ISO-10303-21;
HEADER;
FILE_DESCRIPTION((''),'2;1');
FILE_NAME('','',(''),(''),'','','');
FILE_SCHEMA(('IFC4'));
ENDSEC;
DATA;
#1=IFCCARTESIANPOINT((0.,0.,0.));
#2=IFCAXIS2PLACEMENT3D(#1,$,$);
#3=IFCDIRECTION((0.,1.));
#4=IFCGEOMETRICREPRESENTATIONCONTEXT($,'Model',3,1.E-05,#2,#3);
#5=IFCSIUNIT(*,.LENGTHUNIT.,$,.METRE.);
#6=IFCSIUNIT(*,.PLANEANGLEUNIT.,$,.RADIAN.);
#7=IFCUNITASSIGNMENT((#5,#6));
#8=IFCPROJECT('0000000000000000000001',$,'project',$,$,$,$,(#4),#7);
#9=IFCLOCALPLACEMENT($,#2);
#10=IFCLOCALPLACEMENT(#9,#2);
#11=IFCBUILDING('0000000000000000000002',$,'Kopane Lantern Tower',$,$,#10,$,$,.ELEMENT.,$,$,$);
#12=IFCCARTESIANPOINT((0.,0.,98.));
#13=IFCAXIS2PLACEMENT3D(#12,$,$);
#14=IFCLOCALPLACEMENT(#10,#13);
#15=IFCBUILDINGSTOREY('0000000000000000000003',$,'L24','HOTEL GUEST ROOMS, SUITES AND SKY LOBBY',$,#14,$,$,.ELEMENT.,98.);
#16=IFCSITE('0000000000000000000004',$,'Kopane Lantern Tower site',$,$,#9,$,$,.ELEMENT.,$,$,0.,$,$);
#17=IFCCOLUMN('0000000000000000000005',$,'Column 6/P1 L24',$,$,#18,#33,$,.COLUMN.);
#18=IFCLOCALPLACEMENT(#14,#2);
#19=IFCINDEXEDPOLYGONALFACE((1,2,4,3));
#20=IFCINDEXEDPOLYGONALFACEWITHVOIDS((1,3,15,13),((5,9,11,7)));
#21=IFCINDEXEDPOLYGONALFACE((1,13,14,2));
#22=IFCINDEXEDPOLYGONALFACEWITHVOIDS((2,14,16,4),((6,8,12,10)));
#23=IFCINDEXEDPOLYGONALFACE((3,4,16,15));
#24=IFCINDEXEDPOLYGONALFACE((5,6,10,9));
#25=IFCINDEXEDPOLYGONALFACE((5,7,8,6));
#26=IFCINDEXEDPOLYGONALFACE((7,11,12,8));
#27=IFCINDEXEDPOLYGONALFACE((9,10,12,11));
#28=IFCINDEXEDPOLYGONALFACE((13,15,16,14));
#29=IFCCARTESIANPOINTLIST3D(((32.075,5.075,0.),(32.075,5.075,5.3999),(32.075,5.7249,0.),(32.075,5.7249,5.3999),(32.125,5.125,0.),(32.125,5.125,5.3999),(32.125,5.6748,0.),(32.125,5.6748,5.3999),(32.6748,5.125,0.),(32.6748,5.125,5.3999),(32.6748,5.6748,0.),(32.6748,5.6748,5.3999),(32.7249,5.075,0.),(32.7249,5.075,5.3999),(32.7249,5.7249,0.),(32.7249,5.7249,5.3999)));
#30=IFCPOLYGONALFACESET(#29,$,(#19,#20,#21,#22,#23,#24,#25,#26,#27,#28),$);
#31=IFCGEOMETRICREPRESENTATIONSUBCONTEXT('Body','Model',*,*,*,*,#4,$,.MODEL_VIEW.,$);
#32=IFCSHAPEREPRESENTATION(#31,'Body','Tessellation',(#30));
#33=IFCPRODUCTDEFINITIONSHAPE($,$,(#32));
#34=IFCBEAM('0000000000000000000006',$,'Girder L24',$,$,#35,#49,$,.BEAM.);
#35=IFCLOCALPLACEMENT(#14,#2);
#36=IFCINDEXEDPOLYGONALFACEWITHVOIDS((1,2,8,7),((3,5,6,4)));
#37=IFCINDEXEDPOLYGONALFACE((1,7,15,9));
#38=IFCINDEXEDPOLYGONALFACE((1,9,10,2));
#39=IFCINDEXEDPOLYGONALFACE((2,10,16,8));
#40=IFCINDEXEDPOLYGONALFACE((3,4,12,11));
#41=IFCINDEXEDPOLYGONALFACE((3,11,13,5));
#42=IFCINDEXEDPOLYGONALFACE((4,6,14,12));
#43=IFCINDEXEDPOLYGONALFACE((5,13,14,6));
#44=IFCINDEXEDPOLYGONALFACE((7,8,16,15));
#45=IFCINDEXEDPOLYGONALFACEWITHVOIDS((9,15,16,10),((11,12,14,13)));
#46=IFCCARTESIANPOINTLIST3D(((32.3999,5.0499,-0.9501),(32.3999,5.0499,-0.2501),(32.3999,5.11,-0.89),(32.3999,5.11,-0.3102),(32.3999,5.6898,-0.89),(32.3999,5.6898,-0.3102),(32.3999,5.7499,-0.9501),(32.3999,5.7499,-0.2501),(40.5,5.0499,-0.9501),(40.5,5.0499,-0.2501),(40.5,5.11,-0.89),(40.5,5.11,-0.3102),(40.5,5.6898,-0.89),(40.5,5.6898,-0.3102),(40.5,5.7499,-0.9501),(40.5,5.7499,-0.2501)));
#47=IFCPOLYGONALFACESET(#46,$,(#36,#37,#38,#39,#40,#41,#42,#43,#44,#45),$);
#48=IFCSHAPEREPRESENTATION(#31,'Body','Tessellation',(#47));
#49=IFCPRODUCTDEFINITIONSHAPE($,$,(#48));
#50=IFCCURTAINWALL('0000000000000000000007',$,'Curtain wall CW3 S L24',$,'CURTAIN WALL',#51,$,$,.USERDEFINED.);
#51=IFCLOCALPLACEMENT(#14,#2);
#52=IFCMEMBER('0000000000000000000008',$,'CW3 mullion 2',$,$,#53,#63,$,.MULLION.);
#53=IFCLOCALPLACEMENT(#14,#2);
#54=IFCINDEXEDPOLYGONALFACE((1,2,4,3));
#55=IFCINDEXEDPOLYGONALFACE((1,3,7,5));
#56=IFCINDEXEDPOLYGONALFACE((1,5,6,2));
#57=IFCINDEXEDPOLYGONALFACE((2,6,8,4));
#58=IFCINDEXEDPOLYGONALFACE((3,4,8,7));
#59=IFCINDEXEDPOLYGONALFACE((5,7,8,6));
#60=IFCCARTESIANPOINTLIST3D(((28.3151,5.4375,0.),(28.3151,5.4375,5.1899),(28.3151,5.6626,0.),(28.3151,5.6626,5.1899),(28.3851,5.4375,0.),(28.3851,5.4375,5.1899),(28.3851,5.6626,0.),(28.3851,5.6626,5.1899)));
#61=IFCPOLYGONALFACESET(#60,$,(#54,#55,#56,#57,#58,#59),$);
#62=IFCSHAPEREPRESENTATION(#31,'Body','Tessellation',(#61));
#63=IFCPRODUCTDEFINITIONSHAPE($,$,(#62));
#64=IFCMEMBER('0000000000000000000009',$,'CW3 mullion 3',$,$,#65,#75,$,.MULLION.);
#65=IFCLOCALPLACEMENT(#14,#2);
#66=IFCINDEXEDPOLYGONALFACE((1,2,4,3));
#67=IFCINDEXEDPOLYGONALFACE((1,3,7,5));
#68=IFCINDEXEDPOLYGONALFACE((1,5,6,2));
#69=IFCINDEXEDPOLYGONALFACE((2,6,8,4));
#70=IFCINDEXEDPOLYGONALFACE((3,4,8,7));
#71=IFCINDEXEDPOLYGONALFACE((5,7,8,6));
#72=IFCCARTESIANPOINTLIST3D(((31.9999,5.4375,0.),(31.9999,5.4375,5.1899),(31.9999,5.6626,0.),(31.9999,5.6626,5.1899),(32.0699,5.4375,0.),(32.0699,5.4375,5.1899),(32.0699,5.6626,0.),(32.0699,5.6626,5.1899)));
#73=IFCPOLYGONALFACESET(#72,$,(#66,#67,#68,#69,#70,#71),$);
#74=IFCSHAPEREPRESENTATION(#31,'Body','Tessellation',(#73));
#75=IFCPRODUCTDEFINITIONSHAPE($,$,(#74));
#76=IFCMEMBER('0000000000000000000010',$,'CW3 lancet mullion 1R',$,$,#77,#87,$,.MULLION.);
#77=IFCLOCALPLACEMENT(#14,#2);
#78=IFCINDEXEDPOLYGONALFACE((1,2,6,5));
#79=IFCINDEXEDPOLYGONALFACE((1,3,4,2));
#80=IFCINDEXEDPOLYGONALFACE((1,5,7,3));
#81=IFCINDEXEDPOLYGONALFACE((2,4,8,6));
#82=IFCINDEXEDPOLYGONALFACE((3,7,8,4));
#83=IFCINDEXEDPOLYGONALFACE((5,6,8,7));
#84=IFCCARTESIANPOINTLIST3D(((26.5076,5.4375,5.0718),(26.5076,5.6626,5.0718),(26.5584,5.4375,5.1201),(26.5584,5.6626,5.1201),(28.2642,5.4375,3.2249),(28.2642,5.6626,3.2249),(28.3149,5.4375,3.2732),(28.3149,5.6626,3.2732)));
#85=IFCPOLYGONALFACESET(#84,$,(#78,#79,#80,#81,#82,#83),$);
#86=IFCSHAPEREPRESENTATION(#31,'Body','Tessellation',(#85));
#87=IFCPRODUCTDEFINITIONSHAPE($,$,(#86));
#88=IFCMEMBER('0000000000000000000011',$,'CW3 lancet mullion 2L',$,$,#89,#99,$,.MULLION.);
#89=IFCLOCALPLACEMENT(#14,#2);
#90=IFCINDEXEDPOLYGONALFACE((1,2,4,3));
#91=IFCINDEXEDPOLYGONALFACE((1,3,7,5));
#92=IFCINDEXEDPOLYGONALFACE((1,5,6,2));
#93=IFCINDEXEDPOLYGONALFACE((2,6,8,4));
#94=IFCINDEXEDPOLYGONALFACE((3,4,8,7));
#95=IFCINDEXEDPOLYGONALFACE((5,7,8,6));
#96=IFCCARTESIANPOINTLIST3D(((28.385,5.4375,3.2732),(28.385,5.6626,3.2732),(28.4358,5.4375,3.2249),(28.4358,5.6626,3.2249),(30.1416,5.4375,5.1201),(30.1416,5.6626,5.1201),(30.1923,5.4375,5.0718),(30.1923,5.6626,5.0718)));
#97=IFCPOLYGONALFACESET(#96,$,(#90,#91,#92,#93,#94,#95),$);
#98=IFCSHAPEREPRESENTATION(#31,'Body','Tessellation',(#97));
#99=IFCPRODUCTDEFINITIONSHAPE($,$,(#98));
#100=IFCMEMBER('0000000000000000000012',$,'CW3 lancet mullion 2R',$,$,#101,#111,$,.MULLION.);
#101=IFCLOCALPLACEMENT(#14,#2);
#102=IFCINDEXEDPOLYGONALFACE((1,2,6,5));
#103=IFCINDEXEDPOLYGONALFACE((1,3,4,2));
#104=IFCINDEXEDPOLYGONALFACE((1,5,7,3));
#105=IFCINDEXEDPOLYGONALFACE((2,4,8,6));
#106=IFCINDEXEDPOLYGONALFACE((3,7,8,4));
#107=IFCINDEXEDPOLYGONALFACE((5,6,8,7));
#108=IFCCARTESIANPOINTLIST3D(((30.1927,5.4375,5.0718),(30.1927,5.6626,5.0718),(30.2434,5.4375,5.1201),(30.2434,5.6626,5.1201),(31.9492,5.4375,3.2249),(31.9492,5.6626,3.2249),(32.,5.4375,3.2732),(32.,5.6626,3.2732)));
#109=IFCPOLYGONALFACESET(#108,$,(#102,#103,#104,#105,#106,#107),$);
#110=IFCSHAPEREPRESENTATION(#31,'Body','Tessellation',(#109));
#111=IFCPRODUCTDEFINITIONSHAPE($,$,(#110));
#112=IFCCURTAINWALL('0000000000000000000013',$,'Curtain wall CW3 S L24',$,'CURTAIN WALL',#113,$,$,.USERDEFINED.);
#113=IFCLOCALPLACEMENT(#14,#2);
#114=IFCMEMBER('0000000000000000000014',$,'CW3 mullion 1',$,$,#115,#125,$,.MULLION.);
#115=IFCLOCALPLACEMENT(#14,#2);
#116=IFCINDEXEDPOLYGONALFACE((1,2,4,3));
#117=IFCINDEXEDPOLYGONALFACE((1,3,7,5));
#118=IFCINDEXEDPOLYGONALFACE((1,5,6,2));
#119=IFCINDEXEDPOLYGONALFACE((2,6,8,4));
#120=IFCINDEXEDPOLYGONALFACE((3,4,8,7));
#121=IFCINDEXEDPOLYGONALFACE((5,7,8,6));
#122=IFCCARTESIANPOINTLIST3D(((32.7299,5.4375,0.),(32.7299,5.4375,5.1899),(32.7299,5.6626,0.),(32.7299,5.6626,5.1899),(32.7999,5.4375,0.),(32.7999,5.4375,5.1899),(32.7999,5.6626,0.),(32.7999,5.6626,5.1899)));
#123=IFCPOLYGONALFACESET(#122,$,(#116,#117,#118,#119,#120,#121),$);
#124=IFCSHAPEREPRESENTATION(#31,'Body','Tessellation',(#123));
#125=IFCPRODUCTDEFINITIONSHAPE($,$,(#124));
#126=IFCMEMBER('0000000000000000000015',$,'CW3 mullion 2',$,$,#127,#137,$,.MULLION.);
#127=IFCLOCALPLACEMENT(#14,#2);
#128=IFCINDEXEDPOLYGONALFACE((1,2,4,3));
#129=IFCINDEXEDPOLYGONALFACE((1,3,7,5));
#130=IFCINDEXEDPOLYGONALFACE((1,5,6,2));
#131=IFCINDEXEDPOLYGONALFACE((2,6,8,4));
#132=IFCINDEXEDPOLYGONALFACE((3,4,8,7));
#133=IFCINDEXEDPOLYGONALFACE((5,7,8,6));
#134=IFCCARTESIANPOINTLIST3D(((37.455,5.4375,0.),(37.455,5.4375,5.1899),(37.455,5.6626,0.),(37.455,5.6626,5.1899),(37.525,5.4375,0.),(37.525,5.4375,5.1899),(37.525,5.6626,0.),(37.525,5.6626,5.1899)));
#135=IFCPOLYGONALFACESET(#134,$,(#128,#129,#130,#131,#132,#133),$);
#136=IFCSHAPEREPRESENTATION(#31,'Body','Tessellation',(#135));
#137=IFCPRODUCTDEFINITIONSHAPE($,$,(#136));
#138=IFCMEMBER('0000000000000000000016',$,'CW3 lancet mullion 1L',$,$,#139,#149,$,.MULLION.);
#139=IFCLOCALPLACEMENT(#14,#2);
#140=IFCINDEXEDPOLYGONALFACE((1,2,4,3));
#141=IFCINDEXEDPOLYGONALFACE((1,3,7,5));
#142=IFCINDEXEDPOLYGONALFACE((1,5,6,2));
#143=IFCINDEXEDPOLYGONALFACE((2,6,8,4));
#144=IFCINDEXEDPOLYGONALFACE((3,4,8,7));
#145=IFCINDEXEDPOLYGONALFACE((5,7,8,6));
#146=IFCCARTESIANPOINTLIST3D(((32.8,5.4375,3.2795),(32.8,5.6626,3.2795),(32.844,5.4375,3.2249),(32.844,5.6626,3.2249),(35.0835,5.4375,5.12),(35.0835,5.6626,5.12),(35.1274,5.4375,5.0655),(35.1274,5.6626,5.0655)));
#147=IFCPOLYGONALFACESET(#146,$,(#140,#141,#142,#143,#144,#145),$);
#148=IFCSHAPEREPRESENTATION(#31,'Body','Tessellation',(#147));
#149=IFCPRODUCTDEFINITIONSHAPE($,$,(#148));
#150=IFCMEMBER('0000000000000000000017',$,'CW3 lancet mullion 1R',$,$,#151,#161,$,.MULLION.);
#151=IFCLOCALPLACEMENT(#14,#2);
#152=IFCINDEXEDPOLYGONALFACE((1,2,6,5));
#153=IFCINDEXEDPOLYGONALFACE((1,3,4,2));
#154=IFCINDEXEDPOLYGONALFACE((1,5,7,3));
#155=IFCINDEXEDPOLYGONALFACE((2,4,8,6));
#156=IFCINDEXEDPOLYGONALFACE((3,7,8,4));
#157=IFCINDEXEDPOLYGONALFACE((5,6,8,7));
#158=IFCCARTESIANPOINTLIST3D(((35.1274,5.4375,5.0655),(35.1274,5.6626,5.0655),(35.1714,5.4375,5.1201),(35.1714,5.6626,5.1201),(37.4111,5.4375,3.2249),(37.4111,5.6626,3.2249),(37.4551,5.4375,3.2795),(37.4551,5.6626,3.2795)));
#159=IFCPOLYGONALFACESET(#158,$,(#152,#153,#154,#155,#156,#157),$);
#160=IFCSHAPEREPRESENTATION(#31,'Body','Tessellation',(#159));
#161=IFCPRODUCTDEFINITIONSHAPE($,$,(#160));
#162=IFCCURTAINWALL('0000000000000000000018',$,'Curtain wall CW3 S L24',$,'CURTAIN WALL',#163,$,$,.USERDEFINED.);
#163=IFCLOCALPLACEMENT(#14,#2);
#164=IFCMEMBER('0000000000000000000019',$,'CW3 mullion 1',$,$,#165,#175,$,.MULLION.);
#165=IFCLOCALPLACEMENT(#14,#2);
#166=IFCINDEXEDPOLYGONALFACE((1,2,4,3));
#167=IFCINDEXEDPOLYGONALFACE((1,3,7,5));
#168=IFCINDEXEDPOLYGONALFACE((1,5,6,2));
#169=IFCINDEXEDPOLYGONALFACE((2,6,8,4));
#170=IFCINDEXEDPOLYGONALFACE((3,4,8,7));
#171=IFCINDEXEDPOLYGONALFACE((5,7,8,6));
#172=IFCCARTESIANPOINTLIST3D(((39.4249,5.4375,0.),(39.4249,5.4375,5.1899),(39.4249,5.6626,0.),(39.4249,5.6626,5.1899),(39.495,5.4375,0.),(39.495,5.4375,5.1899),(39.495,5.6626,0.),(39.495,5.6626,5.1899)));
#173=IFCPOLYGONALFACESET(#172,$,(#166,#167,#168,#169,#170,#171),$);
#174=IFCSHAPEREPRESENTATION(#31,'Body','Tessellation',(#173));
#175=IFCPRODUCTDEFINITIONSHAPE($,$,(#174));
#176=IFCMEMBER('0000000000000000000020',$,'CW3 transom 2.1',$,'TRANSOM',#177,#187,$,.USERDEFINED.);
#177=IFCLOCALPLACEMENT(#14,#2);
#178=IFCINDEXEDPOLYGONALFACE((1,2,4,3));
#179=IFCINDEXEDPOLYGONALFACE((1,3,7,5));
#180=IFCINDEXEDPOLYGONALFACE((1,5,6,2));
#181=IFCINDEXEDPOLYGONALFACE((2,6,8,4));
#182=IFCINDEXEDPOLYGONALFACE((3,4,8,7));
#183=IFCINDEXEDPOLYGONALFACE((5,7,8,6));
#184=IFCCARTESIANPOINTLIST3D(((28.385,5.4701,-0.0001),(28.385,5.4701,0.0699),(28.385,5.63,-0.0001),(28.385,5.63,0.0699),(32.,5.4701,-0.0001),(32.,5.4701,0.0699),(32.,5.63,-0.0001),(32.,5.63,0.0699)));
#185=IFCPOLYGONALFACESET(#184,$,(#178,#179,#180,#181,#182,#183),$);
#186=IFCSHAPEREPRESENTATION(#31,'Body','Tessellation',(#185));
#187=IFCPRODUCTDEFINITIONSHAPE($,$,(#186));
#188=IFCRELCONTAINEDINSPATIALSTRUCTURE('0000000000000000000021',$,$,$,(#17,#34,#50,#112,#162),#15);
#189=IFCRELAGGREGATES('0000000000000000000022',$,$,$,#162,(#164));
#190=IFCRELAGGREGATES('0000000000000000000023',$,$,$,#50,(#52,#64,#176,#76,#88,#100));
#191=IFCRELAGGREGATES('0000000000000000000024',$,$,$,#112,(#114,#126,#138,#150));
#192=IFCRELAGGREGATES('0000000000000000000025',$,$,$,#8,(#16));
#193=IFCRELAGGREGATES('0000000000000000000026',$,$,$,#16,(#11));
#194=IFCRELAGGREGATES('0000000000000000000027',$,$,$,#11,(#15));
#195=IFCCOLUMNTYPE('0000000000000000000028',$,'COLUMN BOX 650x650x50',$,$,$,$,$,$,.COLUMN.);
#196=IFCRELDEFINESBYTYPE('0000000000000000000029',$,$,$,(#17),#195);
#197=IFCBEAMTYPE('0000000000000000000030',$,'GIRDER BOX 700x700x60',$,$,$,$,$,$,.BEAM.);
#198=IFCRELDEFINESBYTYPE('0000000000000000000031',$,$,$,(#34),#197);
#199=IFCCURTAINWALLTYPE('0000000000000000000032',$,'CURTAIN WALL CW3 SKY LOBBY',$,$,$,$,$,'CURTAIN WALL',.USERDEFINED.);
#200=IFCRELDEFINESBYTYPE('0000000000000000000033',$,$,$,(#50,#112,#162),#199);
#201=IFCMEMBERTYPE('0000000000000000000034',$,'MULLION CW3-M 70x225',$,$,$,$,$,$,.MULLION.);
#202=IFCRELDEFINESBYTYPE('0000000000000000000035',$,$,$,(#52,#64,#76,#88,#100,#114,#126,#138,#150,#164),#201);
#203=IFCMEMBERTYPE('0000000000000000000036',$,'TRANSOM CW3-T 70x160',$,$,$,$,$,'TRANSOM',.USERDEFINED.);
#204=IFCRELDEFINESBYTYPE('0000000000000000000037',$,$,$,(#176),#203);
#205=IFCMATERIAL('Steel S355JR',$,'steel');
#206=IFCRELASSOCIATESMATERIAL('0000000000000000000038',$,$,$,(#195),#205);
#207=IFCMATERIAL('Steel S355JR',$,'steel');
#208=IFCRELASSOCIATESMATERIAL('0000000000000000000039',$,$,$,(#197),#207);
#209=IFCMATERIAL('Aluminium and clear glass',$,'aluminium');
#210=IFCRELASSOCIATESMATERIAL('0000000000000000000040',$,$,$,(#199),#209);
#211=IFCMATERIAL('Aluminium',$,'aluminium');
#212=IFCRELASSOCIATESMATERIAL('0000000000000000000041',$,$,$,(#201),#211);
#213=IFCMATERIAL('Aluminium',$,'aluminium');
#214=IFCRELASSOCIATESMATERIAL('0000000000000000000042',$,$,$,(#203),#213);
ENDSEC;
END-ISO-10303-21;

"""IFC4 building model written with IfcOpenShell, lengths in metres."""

from ifc_helpers import new_model, si_unit, direction, frame, origin, origin_2d, place, context, subcontext, project, spatial, rectangle, hollow_rectangle, extrude, material, material_profile, profile_set, type_object, element, aggregate, save


model = new_model("IFC4")

# Units and contexts
model_context = context("Model", 3, precision=1e-05, world=origin(), true_north=direction((0.0, 1.0)))
body_context = subcontext(model_context, "Body", "Model", "MODEL_VIEW")
ifc_project = project(units=[si_unit("LENGTHUNIT", "METRE"), si_unit("PLANEANGLEUNIT", "RADIAN")], contexts=[model_context])

# Site, building, storey
site_placement = place(None, origin())
site = spatial("IfcSite", under=ifc_project, at=site_placement, Name="Kopane Lantern Tower site", CompositionType="ELEMENT", RefElevation=0.0)
building_placement = place(site_placement, origin())
building = spatial("IfcBuilding", under=site, at=building_placement, Name="Kopane Lantern Tower", CompositionType="ELEMENT")
storey_placement = place(building_placement, frame((0.0, 0.0, 98.0)))
storey = spatial("IfcBuildingStorey", under=building, at=storey_placement, Name="L24", Description="HOTEL GUEST ROOMS, SUITES AND SKY LOBBY", CompositionType="ELEMENT", Elevation=98.0)

# Column
ifc_material_1 = material(Name="Steel S355JR", Category="steel")
ifc_material_profile_1 = material_profile(ifc_material_1, hollow_rectangle(XDim=0.6499, YDim=0.6499, WallThickness=0.05, at=origin_2d()), Name="BOX 650x650x50")
ifc_profile_set_1 = profile_set([ifc_material_profile_1], Name="Steel S355JR")
column_type = type_object("IfcColumnType", Name="COLUMN BOX 650x650x50", PredefinedType="COLUMN", material=ifc_profile_set_1)
column_placement = place(storey_placement, frame((32.3999, 5.3999, 0.0), z_axis=(0.0, 0.0, 1.0), x_axis=(1.0, 0.0, 0.0)))
element("IfcColumn", 1, at=column_placement, inside=storey, type_object=column_type, Name="Column 6/P1 L24", PredefinedType="COLUMN", context=body_context, shape_type="SweptSolid", body=[
    extrude(hollow_rectangle(XDim=0.6499, YDim=0.6499, WallThickness=0.05, at=origin_2d()), origin(), (0.0, 0.0, 1.0), 5.3999),
])

# Beam
ifc_material_2 = material(Name="Steel S355JR", Category="steel")
ifc_material_profile_2 = material_profile(ifc_material_2, hollow_rectangle(XDim=0.7, YDim=0.7, WallThickness=0.0601, at=origin_2d()), Name="BOX 700x700x60")
ifc_profile_set_2 = profile_set([ifc_material_profile_2], Name="Steel S355JR")
beam_type = type_object("IfcBeamType", Name="GIRDER BOX 700x700x60", PredefinedType="BEAM", material=ifc_profile_set_2)
beam_placement = place(storey_placement, frame((32.3999, 5.3999, -0.6001), z_axis=(1.0, 0.0, 0.0), x_axis=(0.0, 1.0, 0.0)))
element("IfcBeam", 2, at=beam_placement, inside=storey, type_object=beam_type, Name="Girder L24", PredefinedType="BEAM", context=body_context, shape_type="SweptSolid", body=[
    extrude(hollow_rectangle(XDim=0.7, YDim=0.7, WallThickness=0.0601, at=origin_2d()), origin(), (0.0, 0.0, 1.0), 8.1001),
])

# Curtain walls, members
ifc_material_3 = material(Name="Aluminium and clear glass", Category="aluminium")
curtain_wall_type = type_object("IfcCurtainWallType", Name="CURTAIN WALL CW3 SKY LOBBY", ElementType="CURTAIN WALL", PredefinedType="USERDEFINED", material=ifc_material_3)
curtain_wall_1_placement = place(storey_placement, origin())
curtain_wall_1 = element("IfcCurtainWall", 3, at=curtain_wall_1_placement, inside=storey, type_object=curtain_wall_type, Name="Curtain wall CW3 S L24", ObjectType="CURTAIN WALL", PredefinedType="USERDEFINED")
ifc_material_4 = material(Name="Aluminium", Category="aluminium")
ifc_material_profile_3 = material_profile(ifc_material_4, rectangle(XDim=0.0701, YDim=0.2251, at=origin_2d()), Name="AL 70x225")
ifc_profile_set_3 = profile_set([ifc_material_profile_3], Name="Aluminium")
member_type_1 = type_object("IfcMemberType", Name="MULLION CW3-M 70x225", PredefinedType="MULLION", material=ifc_profile_set_3)
member_1_placement = place(storey_placement, frame((28.3501, 5.55, 0.0), z_axis=(0.0, 0.0, 1.0), x_axis=(1.0, 0.0, 0.0)))
member_1 = element("IfcMember", 4, at=member_1_placement, type_object=member_type_1, Name="CW3 mullion 2", PredefinedType="MULLION", context=body_context, shape_type="SweptSolid", body=[
    extrude(rectangle(XDim=0.0701, YDim=0.2251, at=origin_2d()), origin(), (0.0, 0.0, 1.0), 5.1899),
])
member_2_placement = place(storey_placement, frame((32.0349, 5.55, 0.0), z_axis=(0.0, 0.0, 1.0), x_axis=(1.0, 0.0, 0.0)))
member_2 = element("IfcMember", 5, at=member_2_placement, type_object=member_type_1, Name="CW3 mullion 3", PredefinedType="MULLION", context=body_context, shape_type="SweptSolid", body=[
    extrude(rectangle(XDim=0.0701, YDim=0.2251, at=origin_2d()), origin(), (0.0, 0.0, 1.0), 5.1899),
])
member_3_placement = place(storey_placement, frame((28.2896, 5.55, 3.249), z_axis=(-0.689165, 0.0, 0.724605), x_axis=(0.724605, 0.0, 0.689165)))
member_3 = element("IfcMember", 6, at=member_3_placement, type_object=member_type_1, Name="CW3 lancet mullion 1R", PredefinedType="MULLION", context=body_context, shape_type="SweptSolid", body=[
    extrude(rectangle(XDim=0.0701, YDim=0.2251, at=origin_2d()), origin(), (0.0, 0.0, 1.0), 2.5488),
])
member_4_placement = place(storey_placement, frame((28.4104, 5.55, 3.249), z_axis=(0.689165, 0.0, 0.724605), x_axis=(-0.724605, 0.0, 0.689165)))
member_4 = element("IfcMember", 7, at=member_4_placement, type_object=member_type_1, Name="CW3 lancet mullion 2L", PredefinedType="MULLION", context=body_context, shape_type="SweptSolid", body=[
    extrude(rectangle(XDim=0.0701, YDim=0.2251, at=origin_2d()), origin(), (0.0, 0.0, 1.0), 2.5488),
])
member_5_placement = place(storey_placement, frame((31.9746, 5.55, 3.249), z_axis=(-0.689165, 0.0, 0.724605), x_axis=(0.724605, 0.0, 0.689165)))
member_5 = element("IfcMember", 8, at=member_5_placement, type_object=member_type_1, Name="CW3 lancet mullion 2R", PredefinedType="MULLION", context=body_context, shape_type="SweptSolid", body=[
    extrude(rectangle(XDim=0.0701, YDim=0.2251, at=origin_2d()), origin(), (0.0, 0.0, 1.0), 2.5488),
])
curtain_wall_2_placement = place(storey_placement, origin())
curtain_wall_2 = element("IfcCurtainWall", 9, at=curtain_wall_2_placement, inside=storey, type_object=curtain_wall_type, Name="Curtain wall CW3 S L24", ObjectType="CURTAIN WALL", PredefinedType="USERDEFINED")
member_6_placement = place(storey_placement, frame((32.7649, 5.55, 0.0), z_axis=(0.0, 0.0, 1.0), x_axis=(1.0, 0.0, 0.0)))
member_6 = element("IfcMember", 10, at=member_6_placement, type_object=member_type_1, Name="CW3 mullion 1", PredefinedType="MULLION", context=body_context, shape_type="SweptSolid", body=[
    extrude(rectangle(XDim=0.0701, YDim=0.2251, at=origin_2d()), origin(), (0.0, 0.0, 1.0), 5.1899),
])
member_7_placement = place(storey_placement, frame((37.49, 5.55, 0.0), z_axis=(0.0, 0.0, 1.0), x_axis=(1.0, 0.0, 0.0)))
member_7 = element("IfcMember", 11, at=member_7_placement, type_object=member_type_1, Name="CW3 mullion 2", PredefinedType="MULLION", context=body_context, shape_type="SweptSolid", body=[
    extrude(rectangle(XDim=0.0701, YDim=0.2251, at=origin_2d()), origin(), (0.0, 0.0, 1.0), 5.1899),
])
member_8_placement = place(storey_placement, frame((32.822, 5.55, 3.2522), z_axis=(0.778565, 0.0, 0.627564), x_axis=(-0.627564, 0.0, 0.778565)))
member_8 = element("IfcMember", 12, at=member_8_placement, type_object=member_type_1, Name="CW3 lancet mullion 1L", PredefinedType="MULLION", context=body_context, shape_type="SweptSolid", body=[
    extrude(rectangle(XDim=0.0701, YDim=0.2251, at=origin_2d()), origin(), (0.0, 0.0, 1.0), 2.9329),
])
member_9_placement = place(storey_placement, frame((37.4331, 5.55, 3.2522), z_axis=(-0.778598, 0.0, 0.627523), x_axis=(0.627523, 0.0, 0.778598)))
member_9 = element("IfcMember", 13, at=member_9_placement, type_object=member_type_1, Name="CW3 lancet mullion 1R", PredefinedType="MULLION", context=body_context, shape_type="SweptSolid", body=[
    extrude(rectangle(XDim=0.0701, YDim=0.2251, at=origin_2d()), origin(), (0.0, 0.0, 1.0), 2.9331),
])

# Curtain wall, member
curtain_wall_3_placement = place(storey_placement, origin())
curtain_wall_3 = element("IfcCurtainWall", 14, at=curtain_wall_3_placement, inside=storey, type_object=curtain_wall_type, Name="Curtain wall CW3 S L24", ObjectType="CURTAIN WALL", PredefinedType="USERDEFINED")
member_10_placement = place(storey_placement, frame((39.46, 5.55, 0.0), z_axis=(0.0, 0.0, 1.0), x_axis=(1.0, 0.0, 0.0)))
member_10 = element("IfcMember", 15, at=member_10_placement, type_object=member_type_1, Name="CW3 mullion 1", PredefinedType="MULLION", context=body_context, shape_type="SweptSolid", body=[
    extrude(rectangle(XDim=0.0701, YDim=0.2251, at=origin_2d()), origin(), (0.0, 0.0, 1.0), 5.1899),
])

# Member
ifc_material_5 = material(Name="Aluminium", Category="aluminium")
ifc_material_profile_4 = material_profile(ifc_material_5, rectangle(XDim=0.1599, YDim=0.0701, at=origin_2d()), Name="AL 160x70")
ifc_profile_set_4 = profile_set([ifc_material_profile_4], Name="Aluminium")
member_type_2 = type_object("IfcMemberType", Name="TRANSOM CW3-T 70x160", ElementType="TRANSOM", PredefinedType="USERDEFINED", material=ifc_profile_set_4)
member_11_placement = place(storey_placement, frame((28.385, 5.55, 0.0349), z_axis=(1.0, 0.0, 0.0), x_axis=(0.0, 1.0, 0.0)))
member_11 = element("IfcMember", 16, at=member_11_placement, type_object=member_type_2, Name="CW3 transom 2.1", ObjectType="TRANSOM", PredefinedType="USERDEFINED", context=body_context, shape_type="SweptSolid", body=[
    extrude(rectangle(XDim=0.1599, YDim=0.0701, at=origin_2d()), origin(), (0.0, 0.0, 1.0), 3.615),
])
aggregate(curtain_wall_3, [member_10])

aggregate(curtain_wall_1, [member_1, member_2, member_11, member_3, member_4, member_5])
aggregate(curtain_wall_2, [member_6, member_7, member_8, member_9])

save(model, "model.ifc")
